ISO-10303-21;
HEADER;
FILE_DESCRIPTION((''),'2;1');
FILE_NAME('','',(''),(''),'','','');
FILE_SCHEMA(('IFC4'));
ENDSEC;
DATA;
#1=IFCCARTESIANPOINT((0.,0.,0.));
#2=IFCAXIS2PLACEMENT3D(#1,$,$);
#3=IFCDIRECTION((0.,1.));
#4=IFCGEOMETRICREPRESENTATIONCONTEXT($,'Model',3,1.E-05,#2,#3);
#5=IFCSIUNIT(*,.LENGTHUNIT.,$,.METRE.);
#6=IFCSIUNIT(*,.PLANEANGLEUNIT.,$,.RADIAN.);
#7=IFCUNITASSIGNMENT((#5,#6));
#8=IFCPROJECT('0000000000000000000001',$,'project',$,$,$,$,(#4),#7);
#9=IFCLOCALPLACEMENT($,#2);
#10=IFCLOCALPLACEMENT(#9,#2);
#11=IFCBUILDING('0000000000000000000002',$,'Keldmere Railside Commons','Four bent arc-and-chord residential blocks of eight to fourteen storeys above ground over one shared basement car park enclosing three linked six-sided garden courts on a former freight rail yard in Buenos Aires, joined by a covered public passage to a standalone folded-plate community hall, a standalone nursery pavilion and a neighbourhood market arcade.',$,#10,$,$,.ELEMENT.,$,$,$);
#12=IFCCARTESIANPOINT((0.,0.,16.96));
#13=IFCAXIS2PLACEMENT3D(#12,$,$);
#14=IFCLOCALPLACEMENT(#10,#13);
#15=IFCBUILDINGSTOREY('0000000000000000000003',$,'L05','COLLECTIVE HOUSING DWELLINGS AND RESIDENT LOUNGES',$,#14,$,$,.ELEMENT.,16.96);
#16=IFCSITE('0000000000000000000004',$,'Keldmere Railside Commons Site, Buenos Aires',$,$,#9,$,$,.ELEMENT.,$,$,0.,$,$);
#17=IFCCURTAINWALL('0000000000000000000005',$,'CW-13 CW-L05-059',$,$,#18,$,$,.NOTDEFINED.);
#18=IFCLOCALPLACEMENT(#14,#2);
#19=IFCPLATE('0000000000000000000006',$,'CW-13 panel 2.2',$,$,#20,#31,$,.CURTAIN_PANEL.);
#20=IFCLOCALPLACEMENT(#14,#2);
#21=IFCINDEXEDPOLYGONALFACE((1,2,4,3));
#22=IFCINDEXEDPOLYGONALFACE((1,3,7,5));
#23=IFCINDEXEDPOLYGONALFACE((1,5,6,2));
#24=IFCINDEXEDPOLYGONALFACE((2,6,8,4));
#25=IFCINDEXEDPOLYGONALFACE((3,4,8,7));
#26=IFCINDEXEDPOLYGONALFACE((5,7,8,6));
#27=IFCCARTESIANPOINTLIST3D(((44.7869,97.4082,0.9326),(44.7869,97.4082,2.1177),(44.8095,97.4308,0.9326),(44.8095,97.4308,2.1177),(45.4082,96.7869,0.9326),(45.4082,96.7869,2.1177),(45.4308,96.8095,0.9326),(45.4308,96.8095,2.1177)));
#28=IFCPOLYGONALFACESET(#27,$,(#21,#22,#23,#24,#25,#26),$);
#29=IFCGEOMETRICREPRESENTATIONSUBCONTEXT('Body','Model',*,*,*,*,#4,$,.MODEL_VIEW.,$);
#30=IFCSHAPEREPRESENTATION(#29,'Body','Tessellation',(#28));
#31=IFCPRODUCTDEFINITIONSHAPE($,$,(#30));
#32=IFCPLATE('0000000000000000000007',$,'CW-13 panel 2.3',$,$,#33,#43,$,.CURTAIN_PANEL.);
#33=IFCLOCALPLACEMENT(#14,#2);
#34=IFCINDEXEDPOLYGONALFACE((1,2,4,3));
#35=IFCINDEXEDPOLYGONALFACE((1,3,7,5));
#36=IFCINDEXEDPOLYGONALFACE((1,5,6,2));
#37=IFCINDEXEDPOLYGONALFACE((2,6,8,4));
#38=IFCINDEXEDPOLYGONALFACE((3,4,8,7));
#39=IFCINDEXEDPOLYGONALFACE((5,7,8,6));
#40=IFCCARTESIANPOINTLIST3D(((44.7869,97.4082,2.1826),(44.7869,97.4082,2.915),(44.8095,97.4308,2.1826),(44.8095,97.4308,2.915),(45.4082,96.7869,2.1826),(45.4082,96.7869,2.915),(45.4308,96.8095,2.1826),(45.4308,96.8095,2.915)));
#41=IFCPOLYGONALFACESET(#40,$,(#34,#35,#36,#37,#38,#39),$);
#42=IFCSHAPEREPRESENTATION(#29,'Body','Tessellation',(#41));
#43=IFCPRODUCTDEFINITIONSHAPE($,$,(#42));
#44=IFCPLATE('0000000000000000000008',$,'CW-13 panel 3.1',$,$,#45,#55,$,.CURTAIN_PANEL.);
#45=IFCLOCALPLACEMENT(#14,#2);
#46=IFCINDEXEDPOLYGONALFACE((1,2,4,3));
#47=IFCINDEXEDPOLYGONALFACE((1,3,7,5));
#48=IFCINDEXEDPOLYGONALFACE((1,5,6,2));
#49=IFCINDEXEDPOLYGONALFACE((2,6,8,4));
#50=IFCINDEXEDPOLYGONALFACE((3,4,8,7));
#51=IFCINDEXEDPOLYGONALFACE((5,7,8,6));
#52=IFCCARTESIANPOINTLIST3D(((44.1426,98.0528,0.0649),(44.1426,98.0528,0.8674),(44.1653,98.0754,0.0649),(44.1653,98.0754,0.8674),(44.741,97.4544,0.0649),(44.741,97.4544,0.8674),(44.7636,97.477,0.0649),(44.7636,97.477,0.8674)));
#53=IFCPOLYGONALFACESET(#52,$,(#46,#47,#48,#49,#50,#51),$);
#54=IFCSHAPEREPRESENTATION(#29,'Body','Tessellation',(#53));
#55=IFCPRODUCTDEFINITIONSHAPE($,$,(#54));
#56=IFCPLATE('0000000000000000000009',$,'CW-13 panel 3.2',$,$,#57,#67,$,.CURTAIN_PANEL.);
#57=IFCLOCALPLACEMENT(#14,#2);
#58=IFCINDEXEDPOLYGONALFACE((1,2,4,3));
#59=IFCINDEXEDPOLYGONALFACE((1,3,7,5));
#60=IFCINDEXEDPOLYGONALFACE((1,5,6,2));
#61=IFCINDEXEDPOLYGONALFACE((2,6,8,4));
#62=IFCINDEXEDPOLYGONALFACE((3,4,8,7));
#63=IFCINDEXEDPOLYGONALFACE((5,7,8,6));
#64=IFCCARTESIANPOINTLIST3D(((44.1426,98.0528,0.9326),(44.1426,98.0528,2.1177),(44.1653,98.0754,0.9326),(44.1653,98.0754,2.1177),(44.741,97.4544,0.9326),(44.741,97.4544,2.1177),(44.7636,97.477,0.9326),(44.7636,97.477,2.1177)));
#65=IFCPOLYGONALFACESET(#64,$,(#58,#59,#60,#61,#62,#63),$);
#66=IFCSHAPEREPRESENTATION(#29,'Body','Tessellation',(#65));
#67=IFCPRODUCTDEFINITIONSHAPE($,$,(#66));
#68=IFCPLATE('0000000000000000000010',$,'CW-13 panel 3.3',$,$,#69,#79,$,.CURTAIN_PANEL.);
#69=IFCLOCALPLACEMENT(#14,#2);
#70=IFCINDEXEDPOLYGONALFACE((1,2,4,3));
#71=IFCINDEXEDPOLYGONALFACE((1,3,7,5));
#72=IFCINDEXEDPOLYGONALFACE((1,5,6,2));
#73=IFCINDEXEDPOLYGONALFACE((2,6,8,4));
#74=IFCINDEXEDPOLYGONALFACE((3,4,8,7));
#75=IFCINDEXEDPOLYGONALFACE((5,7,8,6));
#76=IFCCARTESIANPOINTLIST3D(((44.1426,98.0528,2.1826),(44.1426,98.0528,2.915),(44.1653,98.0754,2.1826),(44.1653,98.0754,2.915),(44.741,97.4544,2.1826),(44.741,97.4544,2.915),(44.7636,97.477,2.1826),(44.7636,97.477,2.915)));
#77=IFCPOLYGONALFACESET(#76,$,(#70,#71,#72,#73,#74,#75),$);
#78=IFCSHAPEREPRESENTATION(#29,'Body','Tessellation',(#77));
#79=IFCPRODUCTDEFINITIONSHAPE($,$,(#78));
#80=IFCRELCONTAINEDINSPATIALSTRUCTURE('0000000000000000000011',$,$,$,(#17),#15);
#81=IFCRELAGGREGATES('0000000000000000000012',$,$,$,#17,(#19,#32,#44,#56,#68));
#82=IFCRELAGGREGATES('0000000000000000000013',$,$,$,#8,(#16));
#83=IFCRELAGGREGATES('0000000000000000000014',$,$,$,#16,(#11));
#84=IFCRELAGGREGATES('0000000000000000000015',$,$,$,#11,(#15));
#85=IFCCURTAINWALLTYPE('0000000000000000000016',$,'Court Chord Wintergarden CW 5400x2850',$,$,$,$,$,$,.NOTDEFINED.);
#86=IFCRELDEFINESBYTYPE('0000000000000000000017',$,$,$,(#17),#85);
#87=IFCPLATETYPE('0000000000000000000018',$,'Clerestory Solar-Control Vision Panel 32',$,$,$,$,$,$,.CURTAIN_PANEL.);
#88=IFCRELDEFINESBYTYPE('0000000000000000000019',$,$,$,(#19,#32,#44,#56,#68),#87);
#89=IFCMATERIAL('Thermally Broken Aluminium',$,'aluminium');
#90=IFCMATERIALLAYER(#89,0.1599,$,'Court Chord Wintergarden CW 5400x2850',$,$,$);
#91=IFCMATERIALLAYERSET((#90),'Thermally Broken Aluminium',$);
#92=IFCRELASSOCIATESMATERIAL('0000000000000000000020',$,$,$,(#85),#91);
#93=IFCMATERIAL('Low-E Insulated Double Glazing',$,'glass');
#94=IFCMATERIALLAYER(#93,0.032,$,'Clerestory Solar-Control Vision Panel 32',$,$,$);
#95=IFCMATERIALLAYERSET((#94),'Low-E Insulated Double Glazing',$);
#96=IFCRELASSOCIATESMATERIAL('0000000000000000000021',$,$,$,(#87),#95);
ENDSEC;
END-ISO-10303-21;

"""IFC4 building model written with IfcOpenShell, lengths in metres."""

from ifc_helpers import new_model, si_unit, direction, frame, origin, origin_2d, place, context, subcontext, project, spatial, rectangle, extrude, material, layer, layer_set, type_object, element, aggregate, save


model = new_model("IFC4")

# Units and contexts
model_context = context("Model", 3, precision=1e-05, world=origin(), true_north=direction((0.0, 1.0)))
body_context = subcontext(model_context, "Body", "Model", "MODEL_VIEW")
ifc_project = project(units=[si_unit("LENGTHUNIT", "METRE"), si_unit("PLANEANGLEUNIT", "RADIAN")], contexts=[model_context])

# Site, building, storey
site_placement = place(None, origin())
site = spatial("IfcSite", under=ifc_project, at=site_placement, Name="Keldmere Railside Commons Site, Buenos Aires", CompositionType="ELEMENT", RefElevation=0.0)
building_placement = place(site_placement, origin())
building = spatial("IfcBuilding", under=site, at=building_placement, Name="Keldmere Railside Commons", Description="Four bent arc-and-chord residential blocks of eight to fourteen storeys above ground over one shared basement car park enclosing three linked six-sided garden courts on a former freight rail yard in Buenos Aires, joined by a covered public passage to a standalone folded-plate community hall, a standalone nursery pavilion and a neighbourhood market arcade.", CompositionType="ELEMENT")
storey_placement = place(building_placement, frame((0.0, 0.0, 16.96)))
storey = spatial("IfcBuildingStorey", under=building, at=storey_placement, Name="L05", Description="COLLECTIVE HOUSING DWELLINGS AND RESIDENT LOUNGES", CompositionType="ELEMENT", Elevation=16.96)

# Curtain wall
ifc_material_1 = material(Name="Thermally Broken Aluminium", Category="aluminium")
ifc_layer_1 = layer(ifc_material_1, 0.1599, Name="Court Chord Wintergarden CW 5400x2850")
ifc_layer_set_1 = layer_set([ifc_layer_1], Name="Thermally Broken Aluminium")
curtain_wall_type_1 = type_object("IfcCurtainWallType", Name="Court Chord Wintergarden CW 5400x2850", PredefinedType="NOTDEFINED", material=ifc_layer_set_1)
curtain_wall_1_placement = place(storey_placement, origin())
curtain_wall_1 = element("IfcCurtainWall", 1, at=curtain_wall_1_placement, inside=storey, type_object=curtain_wall_type_1, Name="CW-13 CW-L05-059", PredefinedType="NOTDEFINED")

# Plates
ifc_material_2 = material(Name="Low-E Insulated Double Glazing", Category="glass")
ifc_layer_2 = layer(ifc_material_2, 0.032, Name="Clerestory Solar-Control Vision Panel 32")
ifc_layer_set_2 = layer_set([ifc_layer_2], Name="Low-E Insulated Double Glazing")
plate_type_1 = type_object("IfcPlateType", Name="Clerestory Solar-Control Vision Panel 32", PredefinedType="CURTAIN_PANEL", material=ifc_layer_set_2)
plate_1_placement = place(storey_placement, frame((45.1089, 97.1089, 0.9326), z_axis=(0.0, 0.0, 1.0), x_axis=(-0.707107, 0.707107, 0.0)))
plate_1 = element("IfcPlate", 2, at=plate_1_placement, type_object=plate_type_1, Name="CW-13 panel 2.2", PredefinedType="CURTAIN_PANEL", context=body_context, shape_type="SweptSolid", body=[
    extrude(rectangle(XDim=0.8787, YDim=0.032, at=origin_2d()), origin(), (0.0, 0.0, 1.0), 1.1851),
])
plate_2_placement = place(storey_placement, frame((45.1089, 97.1089, 2.1826), z_axis=(0.0, 0.0, 1.0), x_axis=(-0.707107, 0.707107, 0.0)))
plate_2 = element("IfcPlate", 3, at=plate_2_placement, type_object=plate_type_1, Name="CW-13 panel 2.3", PredefinedType="CURTAIN_PANEL", context=body_context, shape_type="SweptSolid", body=[
    extrude(rectangle(XDim=0.8787, YDim=0.032, at=origin_2d()), origin(), (0.0, 0.0, 1.0), 0.7324),
])
plate_3_placement = place(storey_placement, frame((44.4531, 97.7649, 0.0649), z_axis=(0.0, 0.0, 1.0), x_axis=(-0.707107, 0.707107, 0.0)))
plate_3 = element("IfcPlate", 4, at=plate_3_placement, type_object=plate_type_1, Name="CW-13 panel 3.1", PredefinedType="CURTAIN_PANEL", context=body_context, shape_type="SweptSolid", body=[
    extrude(rectangle(XDim=0.8462, YDim=0.032, at=origin_2d()), origin(), (0.0, 0.0, 1.0), 0.8025),
])
plate_4_placement = place(storey_placement, frame((44.4531, 97.7649, 0.9326), z_axis=(0.0, 0.0, 1.0), x_axis=(-0.707107, 0.707107, 0.0)))
plate_4 = element("IfcPlate", 5, at=plate_4_placement, type_object=plate_type_1, Name="CW-13 panel 3.2", PredefinedType="CURTAIN_PANEL", context=body_context, shape_type="SweptSolid", body=[
    extrude(rectangle(XDim=0.8462, YDim=0.032, at=origin_2d()), origin(), (0.0, 0.0, 1.0), 1.1851),
])
plate_5_placement = place(storey_placement, frame((44.4531, 97.7649, 2.1826), z_axis=(0.0, 0.0, 1.0), x_axis=(-0.707107, 0.707107, 0.0)))
plate_5 = element("IfcPlate", 6, at=plate_5_placement, type_object=plate_type_1, Name="CW-13 panel 3.3", PredefinedType="CURTAIN_PANEL", context=body_context, shape_type="SweptSolid", body=[
    extrude(rectangle(XDim=0.8462, YDim=0.032, at=origin_2d()), origin(), (0.0, 0.0, 1.0), 0.7324),
])
aggregate(curtain_wall_1, [plate_1, plate_2, plate_3, plate_4, plate_5])

save(model, "model.ifc")
